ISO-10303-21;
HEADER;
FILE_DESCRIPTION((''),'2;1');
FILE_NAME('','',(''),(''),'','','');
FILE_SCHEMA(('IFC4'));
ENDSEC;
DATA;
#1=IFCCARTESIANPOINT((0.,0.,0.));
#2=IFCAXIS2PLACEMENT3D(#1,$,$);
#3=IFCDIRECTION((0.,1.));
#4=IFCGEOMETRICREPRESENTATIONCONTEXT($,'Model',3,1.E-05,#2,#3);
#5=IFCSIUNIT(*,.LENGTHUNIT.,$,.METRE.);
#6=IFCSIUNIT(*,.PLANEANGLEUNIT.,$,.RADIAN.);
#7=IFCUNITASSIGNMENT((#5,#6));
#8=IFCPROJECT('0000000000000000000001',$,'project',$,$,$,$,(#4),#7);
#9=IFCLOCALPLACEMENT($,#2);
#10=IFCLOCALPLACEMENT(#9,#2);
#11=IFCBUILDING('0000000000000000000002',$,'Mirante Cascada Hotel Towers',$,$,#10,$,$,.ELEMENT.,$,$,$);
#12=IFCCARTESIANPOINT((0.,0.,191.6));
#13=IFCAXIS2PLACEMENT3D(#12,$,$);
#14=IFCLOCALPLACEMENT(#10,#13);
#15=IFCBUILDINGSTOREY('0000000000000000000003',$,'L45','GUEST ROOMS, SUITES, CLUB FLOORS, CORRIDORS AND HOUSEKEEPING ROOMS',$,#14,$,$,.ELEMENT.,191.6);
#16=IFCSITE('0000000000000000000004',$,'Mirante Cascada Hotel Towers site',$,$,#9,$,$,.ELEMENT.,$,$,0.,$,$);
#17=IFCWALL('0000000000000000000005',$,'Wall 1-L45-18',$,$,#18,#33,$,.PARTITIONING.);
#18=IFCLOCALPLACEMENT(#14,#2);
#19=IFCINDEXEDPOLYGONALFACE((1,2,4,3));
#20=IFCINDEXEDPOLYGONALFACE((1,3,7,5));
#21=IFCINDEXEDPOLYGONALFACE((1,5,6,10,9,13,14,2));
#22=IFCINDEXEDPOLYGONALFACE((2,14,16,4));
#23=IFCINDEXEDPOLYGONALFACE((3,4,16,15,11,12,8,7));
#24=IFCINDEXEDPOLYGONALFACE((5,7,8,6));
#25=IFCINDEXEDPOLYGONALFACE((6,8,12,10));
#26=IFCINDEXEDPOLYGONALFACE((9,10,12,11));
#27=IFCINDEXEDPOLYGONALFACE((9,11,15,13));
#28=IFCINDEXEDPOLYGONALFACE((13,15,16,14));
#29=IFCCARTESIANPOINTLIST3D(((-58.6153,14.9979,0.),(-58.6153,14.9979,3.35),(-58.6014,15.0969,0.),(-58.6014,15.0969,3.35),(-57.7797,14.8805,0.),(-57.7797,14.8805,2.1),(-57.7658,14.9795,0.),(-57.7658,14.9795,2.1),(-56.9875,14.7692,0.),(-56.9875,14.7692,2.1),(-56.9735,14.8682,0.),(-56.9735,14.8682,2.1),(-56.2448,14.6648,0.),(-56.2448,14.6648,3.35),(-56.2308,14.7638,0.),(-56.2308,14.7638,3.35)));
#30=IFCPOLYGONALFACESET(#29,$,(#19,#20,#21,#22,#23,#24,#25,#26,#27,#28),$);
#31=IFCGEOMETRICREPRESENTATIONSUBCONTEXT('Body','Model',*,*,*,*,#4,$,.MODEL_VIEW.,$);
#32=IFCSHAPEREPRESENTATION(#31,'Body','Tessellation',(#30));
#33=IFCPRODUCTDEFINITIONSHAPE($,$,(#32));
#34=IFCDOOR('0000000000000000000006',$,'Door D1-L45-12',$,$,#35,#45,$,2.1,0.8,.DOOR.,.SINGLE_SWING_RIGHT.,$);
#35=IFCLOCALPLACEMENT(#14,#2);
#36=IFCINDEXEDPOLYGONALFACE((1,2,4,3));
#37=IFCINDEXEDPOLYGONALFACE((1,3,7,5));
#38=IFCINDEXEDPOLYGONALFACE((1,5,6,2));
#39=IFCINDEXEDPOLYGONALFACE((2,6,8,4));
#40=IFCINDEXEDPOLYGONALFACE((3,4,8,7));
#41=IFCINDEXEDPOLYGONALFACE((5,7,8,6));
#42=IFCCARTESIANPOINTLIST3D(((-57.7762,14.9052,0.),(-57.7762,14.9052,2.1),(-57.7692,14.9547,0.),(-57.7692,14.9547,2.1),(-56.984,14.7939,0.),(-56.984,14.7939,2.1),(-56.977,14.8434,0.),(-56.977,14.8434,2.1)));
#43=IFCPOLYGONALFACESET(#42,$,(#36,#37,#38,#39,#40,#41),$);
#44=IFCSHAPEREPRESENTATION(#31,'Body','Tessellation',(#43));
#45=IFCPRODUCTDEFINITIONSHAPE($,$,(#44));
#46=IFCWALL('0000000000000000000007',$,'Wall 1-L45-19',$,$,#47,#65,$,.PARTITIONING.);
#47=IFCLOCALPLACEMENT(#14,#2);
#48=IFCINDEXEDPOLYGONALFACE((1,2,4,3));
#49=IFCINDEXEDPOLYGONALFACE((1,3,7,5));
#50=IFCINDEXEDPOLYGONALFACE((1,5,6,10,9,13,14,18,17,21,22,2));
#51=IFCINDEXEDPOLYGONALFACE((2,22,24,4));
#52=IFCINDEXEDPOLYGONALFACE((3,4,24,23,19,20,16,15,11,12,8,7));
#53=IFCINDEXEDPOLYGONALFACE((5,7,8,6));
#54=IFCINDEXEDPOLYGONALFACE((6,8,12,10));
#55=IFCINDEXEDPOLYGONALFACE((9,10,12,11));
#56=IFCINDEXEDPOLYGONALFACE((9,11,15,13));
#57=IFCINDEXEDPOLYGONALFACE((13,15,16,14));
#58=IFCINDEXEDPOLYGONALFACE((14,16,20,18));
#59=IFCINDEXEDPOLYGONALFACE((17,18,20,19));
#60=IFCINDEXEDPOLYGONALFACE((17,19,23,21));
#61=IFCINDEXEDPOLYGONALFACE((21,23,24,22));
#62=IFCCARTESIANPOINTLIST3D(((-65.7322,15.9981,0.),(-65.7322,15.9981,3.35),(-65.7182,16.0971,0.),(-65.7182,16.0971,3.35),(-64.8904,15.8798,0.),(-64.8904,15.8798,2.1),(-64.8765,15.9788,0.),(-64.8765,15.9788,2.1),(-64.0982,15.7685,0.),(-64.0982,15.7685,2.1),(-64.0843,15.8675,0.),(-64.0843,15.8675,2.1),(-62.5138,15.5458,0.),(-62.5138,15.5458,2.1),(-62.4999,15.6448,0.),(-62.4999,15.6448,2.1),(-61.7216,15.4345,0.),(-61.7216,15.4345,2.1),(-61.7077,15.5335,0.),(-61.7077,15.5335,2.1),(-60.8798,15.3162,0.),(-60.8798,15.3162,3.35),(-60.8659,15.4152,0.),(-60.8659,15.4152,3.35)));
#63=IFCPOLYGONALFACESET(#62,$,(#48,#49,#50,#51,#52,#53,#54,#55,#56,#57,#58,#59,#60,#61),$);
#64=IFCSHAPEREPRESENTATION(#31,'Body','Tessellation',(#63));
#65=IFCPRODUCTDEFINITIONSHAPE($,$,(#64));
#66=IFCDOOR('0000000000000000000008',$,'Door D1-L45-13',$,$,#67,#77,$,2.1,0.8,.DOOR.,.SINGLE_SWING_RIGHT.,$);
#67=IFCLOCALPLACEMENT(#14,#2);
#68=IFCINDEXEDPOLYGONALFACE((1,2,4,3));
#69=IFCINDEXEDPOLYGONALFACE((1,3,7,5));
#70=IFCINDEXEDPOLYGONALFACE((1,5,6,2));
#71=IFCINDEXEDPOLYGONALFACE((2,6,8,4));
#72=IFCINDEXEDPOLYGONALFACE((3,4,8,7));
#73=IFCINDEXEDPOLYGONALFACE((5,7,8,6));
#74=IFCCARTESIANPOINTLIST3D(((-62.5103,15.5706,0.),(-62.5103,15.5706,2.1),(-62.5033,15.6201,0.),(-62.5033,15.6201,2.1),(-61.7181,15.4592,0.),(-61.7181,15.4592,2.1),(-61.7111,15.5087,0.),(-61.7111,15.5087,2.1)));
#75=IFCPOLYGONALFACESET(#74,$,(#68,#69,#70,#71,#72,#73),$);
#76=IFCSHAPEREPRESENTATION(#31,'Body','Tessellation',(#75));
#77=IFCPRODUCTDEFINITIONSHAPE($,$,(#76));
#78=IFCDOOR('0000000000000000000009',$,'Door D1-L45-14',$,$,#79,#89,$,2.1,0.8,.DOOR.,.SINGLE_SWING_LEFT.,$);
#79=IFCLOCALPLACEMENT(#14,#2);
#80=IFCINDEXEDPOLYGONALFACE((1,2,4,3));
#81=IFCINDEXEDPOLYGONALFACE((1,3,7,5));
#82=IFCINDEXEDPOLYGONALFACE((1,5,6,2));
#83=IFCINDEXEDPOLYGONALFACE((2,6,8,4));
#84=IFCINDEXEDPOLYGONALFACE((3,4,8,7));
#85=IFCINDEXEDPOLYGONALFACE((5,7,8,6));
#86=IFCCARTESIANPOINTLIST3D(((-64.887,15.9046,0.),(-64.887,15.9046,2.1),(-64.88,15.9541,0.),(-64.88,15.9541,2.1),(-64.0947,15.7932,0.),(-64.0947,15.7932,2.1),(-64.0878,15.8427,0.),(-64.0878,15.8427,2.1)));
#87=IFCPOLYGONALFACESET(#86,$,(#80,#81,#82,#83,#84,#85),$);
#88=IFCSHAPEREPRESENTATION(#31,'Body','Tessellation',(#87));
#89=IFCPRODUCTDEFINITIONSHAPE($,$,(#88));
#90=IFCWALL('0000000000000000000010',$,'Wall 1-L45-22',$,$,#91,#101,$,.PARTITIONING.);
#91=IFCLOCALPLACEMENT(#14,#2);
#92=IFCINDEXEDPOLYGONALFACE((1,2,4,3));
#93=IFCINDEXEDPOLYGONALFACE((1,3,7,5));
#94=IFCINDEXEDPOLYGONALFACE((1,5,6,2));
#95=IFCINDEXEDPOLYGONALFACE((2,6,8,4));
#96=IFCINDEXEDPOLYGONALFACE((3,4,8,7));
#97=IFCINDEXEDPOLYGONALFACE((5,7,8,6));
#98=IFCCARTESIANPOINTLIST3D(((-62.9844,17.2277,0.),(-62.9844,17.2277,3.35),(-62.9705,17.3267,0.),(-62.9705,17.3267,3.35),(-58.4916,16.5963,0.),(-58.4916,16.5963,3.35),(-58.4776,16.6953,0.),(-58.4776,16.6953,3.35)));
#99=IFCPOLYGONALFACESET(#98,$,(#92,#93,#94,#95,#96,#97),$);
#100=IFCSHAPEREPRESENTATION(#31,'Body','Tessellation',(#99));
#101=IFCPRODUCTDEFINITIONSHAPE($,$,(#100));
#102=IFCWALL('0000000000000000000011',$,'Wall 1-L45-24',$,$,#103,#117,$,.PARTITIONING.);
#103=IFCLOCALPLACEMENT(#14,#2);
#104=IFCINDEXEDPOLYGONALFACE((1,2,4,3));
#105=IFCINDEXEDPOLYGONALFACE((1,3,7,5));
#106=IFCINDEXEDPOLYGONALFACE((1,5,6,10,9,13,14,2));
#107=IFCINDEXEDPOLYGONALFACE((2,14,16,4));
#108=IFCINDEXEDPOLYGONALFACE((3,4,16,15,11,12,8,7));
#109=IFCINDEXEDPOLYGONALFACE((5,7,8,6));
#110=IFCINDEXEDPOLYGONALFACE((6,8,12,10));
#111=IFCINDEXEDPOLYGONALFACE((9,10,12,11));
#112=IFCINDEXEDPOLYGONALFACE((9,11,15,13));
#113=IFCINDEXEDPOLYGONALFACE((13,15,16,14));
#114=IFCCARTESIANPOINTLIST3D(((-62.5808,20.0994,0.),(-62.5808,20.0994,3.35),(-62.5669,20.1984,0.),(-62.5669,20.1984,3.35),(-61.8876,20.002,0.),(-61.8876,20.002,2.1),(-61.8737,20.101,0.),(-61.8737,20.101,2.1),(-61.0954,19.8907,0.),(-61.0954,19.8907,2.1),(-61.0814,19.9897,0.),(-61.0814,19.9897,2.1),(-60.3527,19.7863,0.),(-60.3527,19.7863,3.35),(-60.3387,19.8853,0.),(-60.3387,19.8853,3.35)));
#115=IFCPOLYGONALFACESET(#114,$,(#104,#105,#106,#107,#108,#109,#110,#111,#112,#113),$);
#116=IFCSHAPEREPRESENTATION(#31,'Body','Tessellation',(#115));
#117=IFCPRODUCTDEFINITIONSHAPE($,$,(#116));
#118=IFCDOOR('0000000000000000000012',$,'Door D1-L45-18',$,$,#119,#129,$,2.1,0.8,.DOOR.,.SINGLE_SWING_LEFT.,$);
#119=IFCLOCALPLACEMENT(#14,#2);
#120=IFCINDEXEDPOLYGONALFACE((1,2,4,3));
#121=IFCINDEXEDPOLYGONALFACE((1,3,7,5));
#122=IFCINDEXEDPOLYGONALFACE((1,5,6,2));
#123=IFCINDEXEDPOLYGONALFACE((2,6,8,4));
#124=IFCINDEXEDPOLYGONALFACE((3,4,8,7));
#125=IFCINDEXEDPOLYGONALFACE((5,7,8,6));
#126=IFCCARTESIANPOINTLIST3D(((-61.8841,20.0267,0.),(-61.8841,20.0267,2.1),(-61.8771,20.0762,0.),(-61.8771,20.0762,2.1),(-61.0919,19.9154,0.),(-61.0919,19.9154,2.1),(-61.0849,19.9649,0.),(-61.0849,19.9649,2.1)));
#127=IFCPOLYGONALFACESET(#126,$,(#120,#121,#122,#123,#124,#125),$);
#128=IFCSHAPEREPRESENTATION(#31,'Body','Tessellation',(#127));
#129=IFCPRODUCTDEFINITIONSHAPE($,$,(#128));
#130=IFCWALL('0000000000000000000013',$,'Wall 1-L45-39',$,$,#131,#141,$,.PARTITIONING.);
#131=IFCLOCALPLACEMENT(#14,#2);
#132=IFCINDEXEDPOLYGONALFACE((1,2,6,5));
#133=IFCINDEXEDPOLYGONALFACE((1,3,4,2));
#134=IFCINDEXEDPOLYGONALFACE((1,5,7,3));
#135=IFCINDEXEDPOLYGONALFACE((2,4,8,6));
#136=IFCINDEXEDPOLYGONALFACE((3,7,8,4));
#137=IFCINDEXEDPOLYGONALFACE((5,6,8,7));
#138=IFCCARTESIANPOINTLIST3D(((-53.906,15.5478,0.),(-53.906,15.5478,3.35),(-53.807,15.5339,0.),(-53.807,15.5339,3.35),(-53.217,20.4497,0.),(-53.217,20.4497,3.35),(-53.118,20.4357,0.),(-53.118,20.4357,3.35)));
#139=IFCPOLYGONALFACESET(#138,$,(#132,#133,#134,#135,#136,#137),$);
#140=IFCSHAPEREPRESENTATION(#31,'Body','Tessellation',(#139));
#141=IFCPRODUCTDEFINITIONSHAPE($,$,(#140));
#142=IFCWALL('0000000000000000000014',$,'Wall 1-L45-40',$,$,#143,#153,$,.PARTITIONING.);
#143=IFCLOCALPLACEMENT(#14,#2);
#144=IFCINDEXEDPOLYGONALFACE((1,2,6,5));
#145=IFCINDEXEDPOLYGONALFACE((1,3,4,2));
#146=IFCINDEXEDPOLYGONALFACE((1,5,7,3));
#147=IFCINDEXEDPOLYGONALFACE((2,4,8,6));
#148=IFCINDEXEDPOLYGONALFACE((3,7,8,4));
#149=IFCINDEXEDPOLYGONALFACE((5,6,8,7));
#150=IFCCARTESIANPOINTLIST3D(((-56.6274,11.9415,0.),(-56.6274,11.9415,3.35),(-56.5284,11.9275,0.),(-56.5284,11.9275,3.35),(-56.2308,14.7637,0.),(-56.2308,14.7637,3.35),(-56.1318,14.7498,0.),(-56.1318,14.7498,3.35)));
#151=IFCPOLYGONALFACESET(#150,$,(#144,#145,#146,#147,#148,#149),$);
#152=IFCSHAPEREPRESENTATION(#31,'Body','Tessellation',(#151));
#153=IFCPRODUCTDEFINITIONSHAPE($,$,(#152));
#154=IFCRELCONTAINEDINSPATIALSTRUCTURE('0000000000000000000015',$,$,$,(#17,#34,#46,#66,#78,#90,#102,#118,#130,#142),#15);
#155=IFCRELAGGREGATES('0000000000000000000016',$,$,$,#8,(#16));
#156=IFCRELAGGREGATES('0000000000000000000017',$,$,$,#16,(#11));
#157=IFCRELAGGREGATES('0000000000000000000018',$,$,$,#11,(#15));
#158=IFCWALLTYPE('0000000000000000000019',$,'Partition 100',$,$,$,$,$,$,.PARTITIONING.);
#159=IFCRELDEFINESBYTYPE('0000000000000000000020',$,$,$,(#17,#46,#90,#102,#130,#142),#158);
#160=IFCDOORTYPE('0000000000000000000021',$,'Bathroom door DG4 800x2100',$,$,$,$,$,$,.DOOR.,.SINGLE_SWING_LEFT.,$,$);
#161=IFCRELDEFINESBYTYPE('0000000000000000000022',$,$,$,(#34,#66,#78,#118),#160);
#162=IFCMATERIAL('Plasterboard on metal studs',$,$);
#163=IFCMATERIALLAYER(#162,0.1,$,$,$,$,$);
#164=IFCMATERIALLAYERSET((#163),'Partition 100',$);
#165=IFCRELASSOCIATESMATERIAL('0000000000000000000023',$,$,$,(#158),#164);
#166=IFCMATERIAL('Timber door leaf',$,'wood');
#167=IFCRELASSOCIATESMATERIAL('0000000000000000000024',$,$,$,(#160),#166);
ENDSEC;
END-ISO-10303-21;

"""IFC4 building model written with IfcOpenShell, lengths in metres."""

from ifc_helpers import new_model, si_unit, direction, frame, frame_2d, origin, place, context, subcontext, project, spatial, rectangle, extrude, material, layer, layer_set, type_object, element, fill, save


model = new_model("IFC4")

# Units and contexts
model_context = context("Model", 3, precision=1e-05, world=origin(), true_north=direction((0.0, 1.0)))
body_context = subcontext(model_context, "Body", "Model", "MODEL_VIEW")
ifc_project = project(units=[si_unit("LENGTHUNIT", "METRE"), si_unit("PLANEANGLEUNIT", "RADIAN")], contexts=[model_context])

# Site, building, storey
site_placement = place(None, origin())
site = spatial("IfcSite", under=ifc_project, at=site_placement, Name="Mirante Cascada Hotel Towers site", CompositionType="ELEMENT", RefElevation=0.0)
building_placement = place(site_placement, origin())
building = spatial("IfcBuilding", under=site, at=building_placement, Name="Mirante Cascada Hotel Towers", CompositionType="ELEMENT")
storey_placement = place(building_placement, frame((0.0, 0.0, 191.6)))
storey = spatial("IfcBuildingStorey", under=building, at=storey_placement, Name="L45", Description="GUEST ROOMS, SUITES, CLUB FLOORS, CORRIDORS AND HOUSEKEEPING ROOMS", CompositionType="ELEMENT", Elevation=191.6)

# Wall, opening, door
ifc_material_1 = material(Name="Plasterboard on metal studs")
ifc_layer_1 = layer(ifc_material_1, 0.1)
ifc_layer_set_1 = layer_set([ifc_layer_1], Name="Partition 100")
wall_type_1 = type_object("IfcWallType", Name="Partition 100", PredefinedType="PARTITIONING", material=ifc_layer_set_1)
wall_1_placement = place(storey_placement, frame((-56.2378, 14.7143, 0.0), z_axis=(0.0, 0.0, 1.0), x_axis=(-0.990271, 0.139152, 0.0)))
wall_1 = element("IfcWall", 1, at=wall_1_placement, inside=storey, type_object=wall_type_1, Name="Wall 1-L45-18", PredefinedType="PARTITIONING", context=body_context, shape_type="SweptSolid", body=[
    extrude(rectangle(XDim=2.3938, YDim=0.1, at=frame_2d((1.1969, 0.0))), origin(), (0.0, 0.0, 1.0), 3.35),
])
opening_1_placement = place(wall_1_placement, frame((0.75, 0.0, 0.0)))
opening_1 = element("IfcOpeningElement", 2, at=opening_1_placement, cuts=wall_1, PredefinedType="OPENING", context=body_context, shape_type="SweptSolid", body=[
    extrude(rectangle(XDim=0.8, YDim=2.1, at=frame_2d((0.4, 1.05))), frame((0.0, 0.05, 0.0), z_axis=(0.0, -1.0, 0.0), x_axis=(1.0, 0.0, 0.0)), (0.0, 0.0, 1.0), 0.1),
])
ifc_material_2 = material(Name="Timber door leaf", Category="wood")
door_type_1 = type_object("IfcDoorType", Name="Bathroom door DG4 800x2100", OperationType="SINGLE_SWING_LEFT", PredefinedType="DOOR", material=ifc_material_2)
door_1_placement = place(opening_1_placement, frame((0.8, 0.0, 0.0), z_axis=(0.0, 0.0, 1.0), x_axis=(-1.0, 0.0, 0.0)))
door_1 = element("IfcDoor", 3, at=door_1_placement, inside=storey, type_object=door_type_1, Name="Door D1-L45-12", OperationType="SINGLE_SWING_RIGHT", OverallHeight=2.1, OverallWidth=0.8, PredefinedType="DOOR", context=body_context, shape_type="SweptSolid", body=[
    extrude(rectangle(XDim=0.8, YDim=2.1, at=frame_2d((0.4, 1.05))), frame((0.0, 0.025, 0.0), z_axis=(0.0, -1.0, 0.0), x_axis=(1.0, 0.0, 0.0)), (0.0, 0.0, 1.0), 0.05),
])
fill(opening_1, door_1)

# Wall, openings, doors
wall_2_placement = place(storey_placement, frame((-65.7252, 16.0476, 0.0), z_axis=(0.0, 0.0, 1.0), x_axis=(0.990269, -0.139164, 0.0)))
wall_2 = element("IfcWall", 4, at=wall_2_placement, inside=storey, type_object=wall_type_1, Name="Wall 1-L45-19", PredefinedType="PARTITIONING", context=body_context, shape_type="SweptSolid", body=[
    extrude(rectangle(XDim=4.9, YDim=0.1, at=frame_2d((2.45, 0.0))), origin(), (0.0, 0.0, 1.0), 3.35),
])
opening_2_placement = place(wall_2_placement, frame((3.25, 0.0, 0.0)))
opening_2 = element("IfcOpeningElement", 5, at=opening_2_placement, cuts=wall_2, PredefinedType="OPENING", context=body_context, shape_type="SweptSolid", body=[
    extrude(rectangle(XDim=0.8, YDim=2.1, at=frame_2d((0.4, 1.05))), frame((0.0, 0.05, 0.0), z_axis=(0.0, -1.0, 0.0), x_axis=(1.0, 0.0, 0.0)), (0.0, 0.0, 1.0), 0.1),
])
opening_3_placement = place(wall_2_placement, frame((0.85, 0.0, 0.0)))
opening_3 = element("IfcOpeningElement", 6, at=opening_3_placement, cuts=wall_2, PredefinedType="OPENING", context=body_context, shape_type="SweptSolid", body=[
    extrude(rectangle(XDim=0.8, YDim=2.1, at=frame_2d((0.4, 1.05))), frame((0.0, 0.05, 0.0), z_axis=(0.0, -1.0, 0.0), x_axis=(1.0, 0.0, 0.0)), (0.0, 0.0, 1.0), 0.1),
])
door_2_placement = place(opening_2_placement, frame((0.8, 0.0, 0.0), z_axis=(0.0, 0.0, 1.0), x_axis=(-1.0, 0.0, 0.0)))
door_2 = element("IfcDoor", 7, at=door_2_placement, inside=storey, type_object=door_type_1, Name="Door D1-L45-13", OperationType="SINGLE_SWING_RIGHT", OverallHeight=2.1, OverallWidth=0.8, PredefinedType="DOOR", context=body_context, shape_type="SweptSolid", body=[
    extrude(rectangle(XDim=0.8, YDim=2.1, at=frame_2d((0.4, 1.05))), frame((0.0, 0.025, 0.0), z_axis=(0.0, -1.0, 0.0), x_axis=(1.0, 0.0, 0.0)), (0.0, 0.0, 1.0), 0.05),
])
fill(opening_2, door_2)
door_3_placement = place(opening_3_placement, origin())
door_3 = element("IfcDoor", 8, at=door_3_placement, inside=storey, type_object=door_type_1, Name="Door D1-L45-14", OperationType="SINGLE_SWING_LEFT", OverallHeight=2.1, OverallWidth=0.8, PredefinedType="DOOR", context=body_context, shape_type="SweptSolid", body=[
    extrude(rectangle(XDim=0.8, YDim=2.1, at=frame_2d((0.4, 1.05))), frame((0.0, 0.025, 0.0), z_axis=(0.0, -1.0, 0.0), x_axis=(1.0, 0.0, 0.0)), (0.0, 0.0, 1.0), 0.05),
])
fill(opening_3, door_3)

# Wall
wall_3_placement = place(storey_placement, frame((-58.4846, 16.6458, 0.0), z_axis=(0.0, 0.0, 1.0), x_axis=(-0.990269, 0.139168, 0.0)))
element("IfcWall", 9, at=wall_3_placement, inside=storey, type_object=wall_type_1, Name="Wall 1-L45-22", PredefinedType="PARTITIONING", context=body_context, shape_type="SweptSolid", body=[
    extrude(rectangle(XDim=4.537, YDim=0.1, at=frame_2d((2.2685, 0.0))), origin(), (0.0, 0.0, 1.0), 3.35),
])

# Wall, opening, door
wall_4_placement = place(storey_placement, frame((-60.3457, 19.8358, 0.0), z_axis=(0.0, 0.0, 1.0), x_axis=(-0.990271, 0.139156, 0.0)))
wall_4 = element("IfcWall", 10, at=wall_4_placement, inside=storey, type_object=wall_type_1, Name="Wall 1-L45-24", PredefinedType="PARTITIONING", context=body_context, shape_type="SweptSolid", body=[
    extrude(rectangle(XDim=2.25, YDim=0.1, at=frame_2d((1.125, 0.0))), origin(), (0.0, 0.0, 1.0), 3.35),
])
opening_4_placement = place(wall_4_placement, frame((0.75, 0.0, 0.0)))
opening_4 = element("IfcOpeningElement", 11, at=opening_4_placement, cuts=wall_4, PredefinedType="OPENING", context=body_context, shape_type="SweptSolid", body=[
    extrude(rectangle(XDim=0.8, YDim=2.1, at=frame_2d((0.4, 1.05))), frame((0.0, 0.05, 0.0), z_axis=(0.0, -1.0, 0.0), x_axis=(1.0, 0.0, 0.0)), (0.0, 0.0, 1.0), 0.1),
])
door_4_placement = place(opening_4_placement, origin())
door_4 = element("IfcDoor", 12, at=door_4_placement, inside=storey, type_object=door_type_1, Name="Door D1-L45-18", OperationType="SINGLE_SWING_LEFT", OverallHeight=2.1, OverallWidth=0.8, PredefinedType="DOOR", context=body_context, shape_type="SweptSolid", body=[
    extrude(rectangle(XDim=0.8, YDim=2.1, at=frame_2d((0.4, 1.05))), frame((0.0, 0.025, 0.0), z_axis=(0.0, -1.0, 0.0), x_axis=(1.0, 0.0, 0.0)), (0.0, 0.0, 1.0), 0.05),
])
fill(opening_4, door_4)

# Walls
wall_5_placement = place(storey_placement, frame((-53.1675, 20.4427, 0.0), z_axis=(0.0, 0.0, 1.0), x_axis=(-0.139192, -0.990265, 0.0)))
element("IfcWall", 13, at=wall_5_placement, inside=storey, type_object=wall_type_1, Name="Wall 1-L45-39", PredefinedType="PARTITIONING", context=body_context, shape_type="SweptSolid", body=[
    extrude(rectangle(XDim=4.95, YDim=0.1, at=frame_2d((2.475, 0.0))), origin(), (0.0, 0.0, 1.0), 3.35),
])
wall_6_placement = place(storey_placement, frame((-56.5779, 11.9345, 0.0), z_axis=(0.0, 0.0, 1.0), x_axis=(0.139156, 0.99027, 0.0)))
element("IfcWall", 14, at=wall_6_placement, inside=storey, type_object=wall_type_1, Name="Wall 1-L45-40", PredefinedType="PARTITIONING", context=body_context, shape_type="SweptSolid", body=[
    extrude(rectangle(XDim=2.85, YDim=0.1, at=frame_2d((1.425, 0.0))), origin(), (0.0, 0.0, 1.0), 3.35),
])

save(model, "model.ifc")
